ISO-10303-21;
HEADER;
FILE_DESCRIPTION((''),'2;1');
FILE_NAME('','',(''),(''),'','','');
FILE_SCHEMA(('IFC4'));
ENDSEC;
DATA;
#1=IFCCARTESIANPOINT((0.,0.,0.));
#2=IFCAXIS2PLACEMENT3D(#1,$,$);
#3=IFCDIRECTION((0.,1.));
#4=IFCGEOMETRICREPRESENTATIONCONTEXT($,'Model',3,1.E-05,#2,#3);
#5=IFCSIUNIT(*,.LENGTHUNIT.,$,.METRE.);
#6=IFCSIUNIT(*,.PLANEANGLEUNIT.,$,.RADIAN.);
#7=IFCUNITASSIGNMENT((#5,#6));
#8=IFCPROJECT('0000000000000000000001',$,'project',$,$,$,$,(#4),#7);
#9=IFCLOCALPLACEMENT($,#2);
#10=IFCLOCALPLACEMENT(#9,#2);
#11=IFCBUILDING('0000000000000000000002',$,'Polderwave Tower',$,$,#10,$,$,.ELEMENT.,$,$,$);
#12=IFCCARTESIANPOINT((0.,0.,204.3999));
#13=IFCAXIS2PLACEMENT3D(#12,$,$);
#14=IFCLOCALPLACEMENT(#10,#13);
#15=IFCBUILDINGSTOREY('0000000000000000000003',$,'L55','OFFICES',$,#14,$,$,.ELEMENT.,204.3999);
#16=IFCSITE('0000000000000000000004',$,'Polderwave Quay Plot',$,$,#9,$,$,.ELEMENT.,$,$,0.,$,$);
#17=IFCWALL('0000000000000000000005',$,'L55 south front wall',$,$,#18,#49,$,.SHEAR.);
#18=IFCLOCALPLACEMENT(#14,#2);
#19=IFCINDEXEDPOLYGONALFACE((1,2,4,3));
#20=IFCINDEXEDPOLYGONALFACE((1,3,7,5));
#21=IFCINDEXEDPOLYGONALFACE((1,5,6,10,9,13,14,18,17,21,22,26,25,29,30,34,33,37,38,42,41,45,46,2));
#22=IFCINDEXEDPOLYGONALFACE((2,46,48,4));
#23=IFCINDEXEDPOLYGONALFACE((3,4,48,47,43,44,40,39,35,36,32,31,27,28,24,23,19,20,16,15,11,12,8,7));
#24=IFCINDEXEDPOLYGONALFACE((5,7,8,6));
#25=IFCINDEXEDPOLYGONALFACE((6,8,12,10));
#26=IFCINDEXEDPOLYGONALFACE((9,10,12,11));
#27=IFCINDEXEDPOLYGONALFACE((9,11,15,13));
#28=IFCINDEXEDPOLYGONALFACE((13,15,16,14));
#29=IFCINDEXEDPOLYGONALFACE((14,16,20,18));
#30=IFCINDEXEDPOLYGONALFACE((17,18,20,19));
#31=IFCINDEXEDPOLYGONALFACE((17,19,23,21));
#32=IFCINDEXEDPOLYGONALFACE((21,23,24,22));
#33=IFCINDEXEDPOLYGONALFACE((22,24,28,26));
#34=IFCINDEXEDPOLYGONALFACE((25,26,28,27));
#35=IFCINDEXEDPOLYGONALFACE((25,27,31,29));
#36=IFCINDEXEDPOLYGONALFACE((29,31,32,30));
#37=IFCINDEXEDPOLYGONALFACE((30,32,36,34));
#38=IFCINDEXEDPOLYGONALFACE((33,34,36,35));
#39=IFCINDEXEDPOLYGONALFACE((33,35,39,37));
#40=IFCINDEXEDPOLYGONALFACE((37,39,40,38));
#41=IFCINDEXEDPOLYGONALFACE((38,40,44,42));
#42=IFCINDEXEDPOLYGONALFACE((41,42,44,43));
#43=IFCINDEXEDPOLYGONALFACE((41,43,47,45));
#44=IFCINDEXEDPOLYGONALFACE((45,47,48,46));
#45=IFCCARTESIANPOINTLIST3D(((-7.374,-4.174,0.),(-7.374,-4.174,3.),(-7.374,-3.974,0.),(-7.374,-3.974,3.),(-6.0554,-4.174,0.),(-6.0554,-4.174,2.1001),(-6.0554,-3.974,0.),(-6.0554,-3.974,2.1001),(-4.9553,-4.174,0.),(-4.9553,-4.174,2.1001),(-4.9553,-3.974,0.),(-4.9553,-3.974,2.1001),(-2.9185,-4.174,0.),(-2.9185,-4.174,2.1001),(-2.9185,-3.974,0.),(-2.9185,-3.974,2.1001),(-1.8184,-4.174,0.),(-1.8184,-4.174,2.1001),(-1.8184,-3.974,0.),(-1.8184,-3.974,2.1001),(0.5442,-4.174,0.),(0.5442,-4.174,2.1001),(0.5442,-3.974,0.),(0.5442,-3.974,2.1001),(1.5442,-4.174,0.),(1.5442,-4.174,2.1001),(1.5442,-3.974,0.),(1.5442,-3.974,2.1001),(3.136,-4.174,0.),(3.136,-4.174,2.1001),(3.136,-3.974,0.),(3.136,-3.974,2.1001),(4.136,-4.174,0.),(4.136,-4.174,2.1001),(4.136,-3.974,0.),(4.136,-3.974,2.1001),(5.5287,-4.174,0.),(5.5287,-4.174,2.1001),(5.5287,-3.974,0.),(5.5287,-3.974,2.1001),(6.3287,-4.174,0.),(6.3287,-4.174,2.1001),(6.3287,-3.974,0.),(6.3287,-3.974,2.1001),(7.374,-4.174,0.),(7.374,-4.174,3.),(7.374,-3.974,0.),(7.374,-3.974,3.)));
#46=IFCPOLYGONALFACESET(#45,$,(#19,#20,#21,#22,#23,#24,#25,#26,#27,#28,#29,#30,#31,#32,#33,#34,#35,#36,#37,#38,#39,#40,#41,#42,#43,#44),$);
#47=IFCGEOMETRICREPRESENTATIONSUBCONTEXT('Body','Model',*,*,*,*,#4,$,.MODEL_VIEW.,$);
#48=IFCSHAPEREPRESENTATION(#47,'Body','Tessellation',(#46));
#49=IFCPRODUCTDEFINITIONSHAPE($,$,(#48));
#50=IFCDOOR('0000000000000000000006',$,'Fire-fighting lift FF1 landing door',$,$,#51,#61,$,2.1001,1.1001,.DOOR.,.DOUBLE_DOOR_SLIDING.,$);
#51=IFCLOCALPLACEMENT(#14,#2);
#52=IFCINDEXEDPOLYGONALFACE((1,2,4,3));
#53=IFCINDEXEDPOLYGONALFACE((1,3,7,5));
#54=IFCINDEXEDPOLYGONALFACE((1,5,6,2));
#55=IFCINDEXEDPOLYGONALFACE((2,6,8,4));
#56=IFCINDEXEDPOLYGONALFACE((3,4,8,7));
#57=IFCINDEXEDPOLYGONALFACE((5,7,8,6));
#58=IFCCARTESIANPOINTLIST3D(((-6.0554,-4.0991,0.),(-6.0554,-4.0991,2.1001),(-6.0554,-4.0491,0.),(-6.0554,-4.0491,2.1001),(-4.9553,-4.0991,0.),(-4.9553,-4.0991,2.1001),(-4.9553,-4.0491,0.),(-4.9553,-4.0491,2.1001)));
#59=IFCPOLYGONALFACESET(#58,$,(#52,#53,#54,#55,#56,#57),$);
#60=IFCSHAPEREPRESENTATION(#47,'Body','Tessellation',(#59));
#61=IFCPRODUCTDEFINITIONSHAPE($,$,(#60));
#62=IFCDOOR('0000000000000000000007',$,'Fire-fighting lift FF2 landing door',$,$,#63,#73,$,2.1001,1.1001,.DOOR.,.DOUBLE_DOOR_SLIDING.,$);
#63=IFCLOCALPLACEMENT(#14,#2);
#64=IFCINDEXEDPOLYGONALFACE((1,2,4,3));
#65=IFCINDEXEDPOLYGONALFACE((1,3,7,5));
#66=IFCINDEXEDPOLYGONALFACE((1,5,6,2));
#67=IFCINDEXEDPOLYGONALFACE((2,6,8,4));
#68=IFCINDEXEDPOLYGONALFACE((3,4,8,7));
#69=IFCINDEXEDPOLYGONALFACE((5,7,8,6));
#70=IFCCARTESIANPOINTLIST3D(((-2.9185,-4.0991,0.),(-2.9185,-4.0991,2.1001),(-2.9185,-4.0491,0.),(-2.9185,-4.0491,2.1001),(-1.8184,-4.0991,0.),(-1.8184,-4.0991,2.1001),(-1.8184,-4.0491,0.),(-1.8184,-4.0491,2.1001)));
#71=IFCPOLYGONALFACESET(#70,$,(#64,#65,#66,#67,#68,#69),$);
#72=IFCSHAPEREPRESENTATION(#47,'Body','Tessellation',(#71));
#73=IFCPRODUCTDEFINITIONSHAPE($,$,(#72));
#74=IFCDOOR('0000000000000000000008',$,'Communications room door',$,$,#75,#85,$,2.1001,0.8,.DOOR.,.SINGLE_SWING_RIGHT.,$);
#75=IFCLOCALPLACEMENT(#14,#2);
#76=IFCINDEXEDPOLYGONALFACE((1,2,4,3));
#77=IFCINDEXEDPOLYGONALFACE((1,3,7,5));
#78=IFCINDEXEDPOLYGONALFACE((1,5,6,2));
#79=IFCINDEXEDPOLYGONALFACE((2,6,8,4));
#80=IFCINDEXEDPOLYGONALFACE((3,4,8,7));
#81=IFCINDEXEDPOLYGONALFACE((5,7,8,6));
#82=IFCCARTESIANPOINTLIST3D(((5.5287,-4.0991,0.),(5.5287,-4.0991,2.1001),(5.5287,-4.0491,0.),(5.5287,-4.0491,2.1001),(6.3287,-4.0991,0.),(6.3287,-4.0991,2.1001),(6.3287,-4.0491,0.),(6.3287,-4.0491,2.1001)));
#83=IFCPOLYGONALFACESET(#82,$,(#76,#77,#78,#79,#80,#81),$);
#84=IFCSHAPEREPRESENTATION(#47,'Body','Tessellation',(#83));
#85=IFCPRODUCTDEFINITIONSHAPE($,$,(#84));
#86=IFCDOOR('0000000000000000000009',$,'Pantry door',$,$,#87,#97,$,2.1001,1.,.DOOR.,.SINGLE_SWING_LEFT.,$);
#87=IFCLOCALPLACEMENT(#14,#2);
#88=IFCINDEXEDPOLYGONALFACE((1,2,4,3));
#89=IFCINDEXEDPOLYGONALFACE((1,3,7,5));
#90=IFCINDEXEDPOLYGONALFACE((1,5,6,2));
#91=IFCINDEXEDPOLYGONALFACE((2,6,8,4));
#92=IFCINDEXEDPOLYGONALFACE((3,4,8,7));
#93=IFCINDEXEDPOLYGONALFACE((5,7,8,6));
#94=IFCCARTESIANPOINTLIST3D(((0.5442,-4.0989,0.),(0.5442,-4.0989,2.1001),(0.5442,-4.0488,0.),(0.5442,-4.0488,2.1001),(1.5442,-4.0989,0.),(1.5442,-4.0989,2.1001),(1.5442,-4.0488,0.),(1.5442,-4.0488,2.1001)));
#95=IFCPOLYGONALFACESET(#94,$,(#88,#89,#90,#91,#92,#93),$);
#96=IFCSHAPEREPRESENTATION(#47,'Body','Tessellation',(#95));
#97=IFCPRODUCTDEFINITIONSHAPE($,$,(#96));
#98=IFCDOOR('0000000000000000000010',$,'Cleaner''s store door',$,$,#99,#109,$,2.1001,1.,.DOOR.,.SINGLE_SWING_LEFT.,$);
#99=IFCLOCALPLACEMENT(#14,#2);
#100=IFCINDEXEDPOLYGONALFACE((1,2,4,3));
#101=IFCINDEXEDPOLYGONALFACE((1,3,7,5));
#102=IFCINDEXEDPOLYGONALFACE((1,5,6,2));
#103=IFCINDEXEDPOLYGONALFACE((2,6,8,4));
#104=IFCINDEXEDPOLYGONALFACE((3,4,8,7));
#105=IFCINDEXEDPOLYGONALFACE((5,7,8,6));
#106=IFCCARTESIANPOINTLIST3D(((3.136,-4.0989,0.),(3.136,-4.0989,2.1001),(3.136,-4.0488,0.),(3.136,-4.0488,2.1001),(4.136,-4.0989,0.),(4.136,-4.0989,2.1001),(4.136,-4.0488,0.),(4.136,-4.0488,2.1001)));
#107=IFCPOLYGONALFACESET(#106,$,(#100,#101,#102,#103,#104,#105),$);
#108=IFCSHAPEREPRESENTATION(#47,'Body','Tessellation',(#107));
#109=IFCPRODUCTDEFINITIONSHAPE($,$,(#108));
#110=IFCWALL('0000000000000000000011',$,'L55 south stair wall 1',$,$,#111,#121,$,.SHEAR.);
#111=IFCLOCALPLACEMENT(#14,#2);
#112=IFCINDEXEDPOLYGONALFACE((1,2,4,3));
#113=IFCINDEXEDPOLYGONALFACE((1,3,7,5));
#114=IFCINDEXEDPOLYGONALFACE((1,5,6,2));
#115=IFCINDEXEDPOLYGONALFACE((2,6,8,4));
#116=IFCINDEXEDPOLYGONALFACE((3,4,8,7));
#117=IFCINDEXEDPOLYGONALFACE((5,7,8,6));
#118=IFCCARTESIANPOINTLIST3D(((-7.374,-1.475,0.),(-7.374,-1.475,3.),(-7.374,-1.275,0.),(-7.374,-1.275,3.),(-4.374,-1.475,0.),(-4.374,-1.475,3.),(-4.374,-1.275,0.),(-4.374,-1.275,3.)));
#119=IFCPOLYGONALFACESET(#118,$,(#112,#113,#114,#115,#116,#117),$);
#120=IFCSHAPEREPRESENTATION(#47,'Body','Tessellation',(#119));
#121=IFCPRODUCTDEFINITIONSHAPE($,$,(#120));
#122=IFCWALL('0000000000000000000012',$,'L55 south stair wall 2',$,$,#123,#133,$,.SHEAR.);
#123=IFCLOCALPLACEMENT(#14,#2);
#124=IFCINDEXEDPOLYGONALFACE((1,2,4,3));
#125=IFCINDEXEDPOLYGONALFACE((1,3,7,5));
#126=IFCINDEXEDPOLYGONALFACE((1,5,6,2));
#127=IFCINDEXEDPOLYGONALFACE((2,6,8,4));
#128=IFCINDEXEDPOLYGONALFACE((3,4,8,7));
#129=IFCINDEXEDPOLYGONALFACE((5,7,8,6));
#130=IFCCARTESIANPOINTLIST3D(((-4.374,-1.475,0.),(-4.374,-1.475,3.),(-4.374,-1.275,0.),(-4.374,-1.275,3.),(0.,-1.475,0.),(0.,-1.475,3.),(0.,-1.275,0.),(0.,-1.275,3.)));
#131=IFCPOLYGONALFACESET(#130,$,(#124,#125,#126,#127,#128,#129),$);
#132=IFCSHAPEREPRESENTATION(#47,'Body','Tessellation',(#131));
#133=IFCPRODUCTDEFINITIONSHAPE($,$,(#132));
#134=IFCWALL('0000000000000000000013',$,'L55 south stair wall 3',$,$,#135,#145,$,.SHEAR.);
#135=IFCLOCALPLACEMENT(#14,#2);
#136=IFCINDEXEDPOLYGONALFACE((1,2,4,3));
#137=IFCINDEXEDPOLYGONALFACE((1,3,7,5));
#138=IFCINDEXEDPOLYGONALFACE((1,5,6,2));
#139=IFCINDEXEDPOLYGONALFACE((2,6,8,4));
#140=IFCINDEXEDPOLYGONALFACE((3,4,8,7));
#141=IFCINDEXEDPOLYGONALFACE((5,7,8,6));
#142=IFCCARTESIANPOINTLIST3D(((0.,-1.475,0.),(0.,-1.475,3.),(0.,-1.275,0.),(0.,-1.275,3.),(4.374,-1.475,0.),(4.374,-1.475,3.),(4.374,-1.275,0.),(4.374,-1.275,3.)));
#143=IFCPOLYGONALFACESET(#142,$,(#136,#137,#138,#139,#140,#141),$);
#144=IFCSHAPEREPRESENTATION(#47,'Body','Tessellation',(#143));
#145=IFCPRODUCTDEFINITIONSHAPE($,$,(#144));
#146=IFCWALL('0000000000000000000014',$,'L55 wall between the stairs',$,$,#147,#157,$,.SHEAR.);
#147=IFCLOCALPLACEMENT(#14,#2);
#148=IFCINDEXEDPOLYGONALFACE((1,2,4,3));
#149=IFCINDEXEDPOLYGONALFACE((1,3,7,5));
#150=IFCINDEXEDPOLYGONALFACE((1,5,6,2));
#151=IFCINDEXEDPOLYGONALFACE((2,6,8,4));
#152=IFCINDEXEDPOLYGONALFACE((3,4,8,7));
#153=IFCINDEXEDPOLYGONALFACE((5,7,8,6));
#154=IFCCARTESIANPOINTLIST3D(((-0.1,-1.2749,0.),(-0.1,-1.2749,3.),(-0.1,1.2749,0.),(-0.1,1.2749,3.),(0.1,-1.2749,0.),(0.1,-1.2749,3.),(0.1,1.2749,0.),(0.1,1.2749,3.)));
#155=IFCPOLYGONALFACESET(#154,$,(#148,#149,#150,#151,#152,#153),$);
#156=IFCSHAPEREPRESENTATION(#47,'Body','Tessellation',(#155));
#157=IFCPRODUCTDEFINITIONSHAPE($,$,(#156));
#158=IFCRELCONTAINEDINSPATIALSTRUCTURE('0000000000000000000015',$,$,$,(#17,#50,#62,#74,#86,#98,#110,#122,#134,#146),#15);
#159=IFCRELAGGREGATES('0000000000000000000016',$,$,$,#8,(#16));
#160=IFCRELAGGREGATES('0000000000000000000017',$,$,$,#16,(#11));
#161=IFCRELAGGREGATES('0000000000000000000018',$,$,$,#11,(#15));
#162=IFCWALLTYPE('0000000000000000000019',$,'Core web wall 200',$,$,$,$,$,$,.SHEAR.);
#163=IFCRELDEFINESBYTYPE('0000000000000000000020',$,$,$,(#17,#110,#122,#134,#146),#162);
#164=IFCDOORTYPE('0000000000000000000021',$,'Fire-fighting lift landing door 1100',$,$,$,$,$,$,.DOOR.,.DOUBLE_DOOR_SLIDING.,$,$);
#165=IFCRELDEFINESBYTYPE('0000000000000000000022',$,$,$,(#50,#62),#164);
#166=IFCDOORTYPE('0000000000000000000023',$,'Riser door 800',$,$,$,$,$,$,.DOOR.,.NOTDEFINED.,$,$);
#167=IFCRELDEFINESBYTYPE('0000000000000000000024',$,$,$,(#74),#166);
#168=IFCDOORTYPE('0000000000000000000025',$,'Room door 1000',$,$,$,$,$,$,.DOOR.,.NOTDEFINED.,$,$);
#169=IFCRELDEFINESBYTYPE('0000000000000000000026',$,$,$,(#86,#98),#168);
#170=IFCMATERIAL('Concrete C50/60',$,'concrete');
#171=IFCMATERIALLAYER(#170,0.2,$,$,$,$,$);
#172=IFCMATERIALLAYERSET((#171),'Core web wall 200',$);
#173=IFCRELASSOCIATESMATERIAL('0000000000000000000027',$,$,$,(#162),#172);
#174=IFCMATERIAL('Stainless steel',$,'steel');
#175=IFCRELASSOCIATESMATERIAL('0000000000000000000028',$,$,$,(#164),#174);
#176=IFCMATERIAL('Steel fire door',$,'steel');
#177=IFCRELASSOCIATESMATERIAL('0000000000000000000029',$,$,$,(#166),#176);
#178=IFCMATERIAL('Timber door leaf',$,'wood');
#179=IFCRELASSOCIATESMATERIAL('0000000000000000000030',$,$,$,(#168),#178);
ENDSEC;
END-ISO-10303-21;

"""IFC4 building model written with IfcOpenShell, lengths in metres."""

from ifc_helpers import new_model, si_unit, direction, frame, frame_2d, origin, place, context, subcontext, project, spatial, rectangle, extrude, material, layer, layer_set, type_object, element, fill, save


model = new_model("IFC4")

# Units and contexts
model_context = context("Model", 3, precision=1e-05, world=origin(), true_north=direction((0.0, 1.0)))
body_context = subcontext(model_context, "Body", "Model", "MODEL_VIEW")
ifc_project = project(units=[si_unit("LENGTHUNIT", "METRE"), si_unit("PLANEANGLEUNIT", "RADIAN")], contexts=[model_context])

# Site, building, storey
site_placement = place(None, origin())
site = spatial("IfcSite", under=ifc_project, at=site_placement, Name="Polderwave Quay Plot", CompositionType="ELEMENT", RefElevation=0.0)
building_placement = place(site_placement, origin())
building = spatial("IfcBuilding", under=site, at=building_placement, Name="Polderwave Tower", CompositionType="ELEMENT")
storey_placement = place(building_placement, frame((0.0, 0.0, 204.3999)))
storey = spatial("IfcBuildingStorey", under=building, at=storey_placement, Name="L55", Description="OFFICES", CompositionType="ELEMENT", Elevation=204.3999)

# Shared definitions
ifc_material_1 = material(Name="Steel fire door", Category="steel")

# Wall, openings, doors
ifc_material_2 = material(Name="Concrete C50/60", Category="concrete")
ifc_layer_1 = layer(ifc_material_2, 0.2)
ifc_layer_set_1 = layer_set([ifc_layer_1], Name="Core web wall 200")
wall_type_1 = type_object("IfcWallType", Name="Core web wall 200", PredefinedType="SHEAR", material=ifc_layer_set_1)
wall_1_placement = place(storey_placement, frame((-7.374, -4.074, 0.0), z_axis=(0.0, 0.0, 1.0), x_axis=(1.0, 0.0, 0.0)))
wall_1 = element("IfcWall", 1, at=wall_1_placement, inside=storey, type_object=wall_type_1, Name="L55 south front wall", PredefinedType="SHEAR", context=body_context, shape_type="SweptSolid", body=[
    extrude(rectangle(XDim=14.748, YDim=0.2, at=frame_2d((7.374, 0.0))), origin(), (0.0, 0.0, 1.0), 3.0),
])
opening_1_placement = place(wall_1_placement, frame((1.3186, 0.0, 0.0)))
opening_1 = element("IfcOpeningElement", 2, at=opening_1_placement, cuts=wall_1, PredefinedType="OPENING", context=body_context, shape_type="SweptSolid", body=[
    extrude(rectangle(XDim=1.1001, YDim=2.1001, at=frame_2d((0.55, 1.05))), frame((0.0, 0.1099, 0.0), z_axis=(0.0, -1.0, 0.0), x_axis=(1.0, 0.0, 0.0)), (0.0, 0.0, 1.0), 0.22),
])
opening_2_placement = place(wall_1_placement, frame((4.4556, 0.0, 0.0)))
opening_2 = element("IfcOpeningElement", 3, at=opening_2_placement, cuts=wall_1, PredefinedType="OPENING", context=body_context, shape_type="SweptSolid", body=[
    extrude(rectangle(XDim=1.1001, YDim=2.1001, at=frame_2d((0.55, 1.05))), frame((0.0, 0.1099, 0.0), z_axis=(0.0, -1.0, 0.0), x_axis=(1.0, 0.0, 0.0)), (0.0, 0.0, 1.0), 0.22),
])
opening_3_placement = place(wall_1_placement, frame((7.9182, 0.0, 0.0)))
opening_3 = element("IfcOpeningElement", 4, at=opening_3_placement, cuts=wall_1, PredefinedType="OPENING", context=body_context, shape_type="SweptSolid", body=[
    extrude(rectangle(XDim=1.0, YDim=2.1001, at=frame_2d((0.5, 1.05))), frame((0.0, 0.1099, 0.0), z_axis=(0.0, -1.0, 0.0), x_axis=(1.0, 0.0, 0.0)), (0.0, 0.0, 1.0), 0.22),
])
opening_4_placement = place(wall_1_placement, frame((10.51, 0.0, 0.0)))
opening_4 = element("IfcOpeningElement", 5, at=opening_4_placement, cuts=wall_1, PredefinedType="OPENING", context=body_context, shape_type="SweptSolid", body=[
    extrude(rectangle(XDim=1.0, YDim=2.1001, at=frame_2d((0.5, 1.05))), frame((0.0, 0.1099, 0.0), z_axis=(0.0, -1.0, 0.0), x_axis=(1.0, 0.0, 0.0)), (0.0, 0.0, 1.0), 0.22),
])
opening_5_placement = place(wall_1_placement, frame((12.9028, 0.0, 0.0)))
opening_5 = element("IfcOpeningElement", 6, at=opening_5_placement, cuts=wall_1, PredefinedType="OPENING", context=body_context, shape_type="SweptSolid", body=[
    extrude(rectangle(XDim=0.8, YDim=2.1001, at=frame_2d((0.3999, 1.05))), frame((0.0, 0.1099, 0.0), z_axis=(0.0, -1.0, 0.0), x_axis=(1.0, 0.0, 0.0)), (0.0, 0.0, 1.0), 0.22),
])
ifc_material_3 = material(Name="Stainless steel", Category="steel")
door_type_1 = type_object("IfcDoorType", Name="Fire-fighting lift landing door 1100", OperationType="DOUBLE_DOOR_SLIDING", PredefinedType="DOOR", material=ifc_material_3)
door_1_placement = place(opening_1_placement, origin())
door_1 = element("IfcDoor", 7, at=door_1_placement, inside=storey, type_object=door_type_1, Name="Fire-fighting lift FF1 landing door", OperationType="DOUBLE_DOOR_SLIDING", OverallHeight=2.1001, OverallWidth=1.1001, PredefinedType="DOOR", context=body_context, shape_type="SweptSolid", body=[
    extrude(rectangle(XDim=1.1001, YDim=2.1001, at=frame_2d((0.55, 1.05))), frame((0.0, 0.0249, 0.0), z_axis=(0.0, -1.0, 0.0), x_axis=(1.0, 0.0, 0.0)), (0.0, 0.0, 1.0), 0.05),
])
fill(opening_1, door_1)
door_2_placement = place(opening_2_placement, origin())
door_2 = element("IfcDoor", 8, at=door_2_placement, inside=storey, type_object=door_type_1, Name="Fire-fighting lift FF2 landing door", OperationType="DOUBLE_DOOR_SLIDING", OverallHeight=2.1001, OverallWidth=1.1001, PredefinedType="DOOR", context=body_context, shape_type="SweptSolid", body=[
    extrude(rectangle(XDim=1.1001, YDim=2.1001, at=frame_2d((0.55, 1.05))), frame((0.0, 0.0249, 0.0), z_axis=(0.0, -1.0, 0.0), x_axis=(1.0, 0.0, 0.0)), (0.0, 0.0, 1.0), 0.05),
])
fill(opening_2, door_2)
door_type_2 = type_object("IfcDoorType", Name="Riser door 800", OperationType="NOTDEFINED", PredefinedType="DOOR", material=ifc_material_1)
door_3_placement = place(opening_5_placement, origin())
door_3 = element("IfcDoor", 9, at=door_3_placement, inside=storey, type_object=door_type_2, Name="Communications room door", OperationType="SINGLE_SWING_RIGHT", OverallHeight=2.1001, OverallWidth=0.8, PredefinedType="DOOR", context=body_context, shape_type="SweptSolid", body=[
    extrude(rectangle(XDim=0.8, YDim=2.1001, at=frame_2d((0.3999, 1.05))), frame((0.0, 0.0249, 0.0), z_axis=(0.0, -1.0, 0.0), x_axis=(1.0, 0.0, 0.0)), (0.0, 0.0, 1.0), 0.05),
])
fill(opening_5, door_3)
ifc_material_4 = material(Name="Timber door leaf", Category="wood")
door_type_3 = type_object("IfcDoorType", Name="Room door 1000", OperationType="NOTDEFINED", PredefinedType="DOOR", material=ifc_material_4)
door_4_placement = place(opening_3_placement, frame((1.0, 0.0, 0.0), z_axis=(0.0, 0.0, 1.0), x_axis=(-1.0, 0.0, 0.0)))
door_4 = element("IfcDoor", 10, at=door_4_placement, inside=storey, type_object=door_type_3, Name="Pantry door", OperationType="SINGLE_SWING_LEFT", OverallHeight=2.1001, OverallWidth=1.0, PredefinedType="DOOR", context=body_context, shape_type="SweptSolid", body=[
    extrude(rectangle(XDim=1.0, YDim=2.1001, at=frame_2d((0.5, 1.05))), frame((0.0, 0.0249, 0.0), z_axis=(0.0, -1.0, 0.0), x_axis=(1.0, 0.0, 0.0)), (0.0, 0.0, 1.0), 0.05),
])
fill(opening_3, door_4)
door_5_placement = place(opening_4_placement, frame((1.0, 0.0, 0.0), z_axis=(0.0, 0.0, 1.0), x_axis=(-1.0, 0.0, 0.0)))
door_5 = element("IfcDoor", 11, at=door_5_placement, inside=storey, type_object=door_type_3, Name="Cleaner's store door", OperationType="SINGLE_SWING_LEFT", OverallHeight=2.1001, OverallWidth=1.0, PredefinedType="DOOR", context=body_context, shape_type="SweptSolid", body=[
    extrude(rectangle(XDim=1.0, YDim=2.1001, at=frame_2d((0.5, 1.05))), frame((0.0, 0.0249, 0.0), z_axis=(0.0, -1.0, 0.0), x_axis=(1.0, 0.0, 0.0)), (0.0, 0.0, 1.0), 0.05),
])
fill(opening_4, door_5)

# Walls
wall_2_placement = place(storey_placement, frame((-7.374, -1.375, 0.0), z_axis=(0.0, 0.0, 1.0), x_axis=(1.0, 0.0, 0.0)))
element("IfcWall", 12, at=wall_2_placement, inside=storey, type_object=wall_type_1, Name="L55 south stair wall 1", PredefinedType="SHEAR", context=body_context, shape_type="SweptSolid", body=[
    extrude(rectangle(XDim=3.0, YDim=0.2, at=frame_2d((1.5, 0.0))), origin(), (0.0, 0.0, 1.0), 3.0),
])
for number, where, z_axis, x_axis, name in (
    (13, (-4.374, -1.375, 0.0), (0.0, 0.0, 1.0), (1.0, 0.0, 0.0), "L55 south stair wall 2"),
    (14, (0.0, -1.375, 0.0), (0.0, 0.0, 1.0), (1.0, 0.0, 0.0), "L55 south stair wall 3"),
):
    element("IfcWall", number, at=place(storey_placement, frame(where, z_axis=z_axis, x_axis=x_axis)), inside=storey, type_object=wall_type_1, Name=name, PredefinedType="SHEAR", context=body_context, shape_type="SweptSolid", body=[
        extrude(rectangle(XDim=4.374, YDim=0.2, at=frame_2d((2.187, 0.0))), origin(), (0.0, 0.0, 1.0), 3.0),
    ])
wall_3_placement = place(storey_placement, frame((0.0, -1.2749, 0.0), z_axis=(0.0, 0.0, 1.0), x_axis=(0.0, 1.0, 0.0)))
element("IfcWall", 15, at=wall_3_placement, inside=storey, type_object=wall_type_1, Name="L55 wall between the stairs", PredefinedType="SHEAR", context=body_context, shape_type="SweptSolid", body=[
    extrude(rectangle(XDim=2.5498, YDim=0.2, at=frame_2d((1.2749, 0.0))), origin(), (0.0, 0.0, 1.0), 3.0),
])

save(model, "model.ifc")
